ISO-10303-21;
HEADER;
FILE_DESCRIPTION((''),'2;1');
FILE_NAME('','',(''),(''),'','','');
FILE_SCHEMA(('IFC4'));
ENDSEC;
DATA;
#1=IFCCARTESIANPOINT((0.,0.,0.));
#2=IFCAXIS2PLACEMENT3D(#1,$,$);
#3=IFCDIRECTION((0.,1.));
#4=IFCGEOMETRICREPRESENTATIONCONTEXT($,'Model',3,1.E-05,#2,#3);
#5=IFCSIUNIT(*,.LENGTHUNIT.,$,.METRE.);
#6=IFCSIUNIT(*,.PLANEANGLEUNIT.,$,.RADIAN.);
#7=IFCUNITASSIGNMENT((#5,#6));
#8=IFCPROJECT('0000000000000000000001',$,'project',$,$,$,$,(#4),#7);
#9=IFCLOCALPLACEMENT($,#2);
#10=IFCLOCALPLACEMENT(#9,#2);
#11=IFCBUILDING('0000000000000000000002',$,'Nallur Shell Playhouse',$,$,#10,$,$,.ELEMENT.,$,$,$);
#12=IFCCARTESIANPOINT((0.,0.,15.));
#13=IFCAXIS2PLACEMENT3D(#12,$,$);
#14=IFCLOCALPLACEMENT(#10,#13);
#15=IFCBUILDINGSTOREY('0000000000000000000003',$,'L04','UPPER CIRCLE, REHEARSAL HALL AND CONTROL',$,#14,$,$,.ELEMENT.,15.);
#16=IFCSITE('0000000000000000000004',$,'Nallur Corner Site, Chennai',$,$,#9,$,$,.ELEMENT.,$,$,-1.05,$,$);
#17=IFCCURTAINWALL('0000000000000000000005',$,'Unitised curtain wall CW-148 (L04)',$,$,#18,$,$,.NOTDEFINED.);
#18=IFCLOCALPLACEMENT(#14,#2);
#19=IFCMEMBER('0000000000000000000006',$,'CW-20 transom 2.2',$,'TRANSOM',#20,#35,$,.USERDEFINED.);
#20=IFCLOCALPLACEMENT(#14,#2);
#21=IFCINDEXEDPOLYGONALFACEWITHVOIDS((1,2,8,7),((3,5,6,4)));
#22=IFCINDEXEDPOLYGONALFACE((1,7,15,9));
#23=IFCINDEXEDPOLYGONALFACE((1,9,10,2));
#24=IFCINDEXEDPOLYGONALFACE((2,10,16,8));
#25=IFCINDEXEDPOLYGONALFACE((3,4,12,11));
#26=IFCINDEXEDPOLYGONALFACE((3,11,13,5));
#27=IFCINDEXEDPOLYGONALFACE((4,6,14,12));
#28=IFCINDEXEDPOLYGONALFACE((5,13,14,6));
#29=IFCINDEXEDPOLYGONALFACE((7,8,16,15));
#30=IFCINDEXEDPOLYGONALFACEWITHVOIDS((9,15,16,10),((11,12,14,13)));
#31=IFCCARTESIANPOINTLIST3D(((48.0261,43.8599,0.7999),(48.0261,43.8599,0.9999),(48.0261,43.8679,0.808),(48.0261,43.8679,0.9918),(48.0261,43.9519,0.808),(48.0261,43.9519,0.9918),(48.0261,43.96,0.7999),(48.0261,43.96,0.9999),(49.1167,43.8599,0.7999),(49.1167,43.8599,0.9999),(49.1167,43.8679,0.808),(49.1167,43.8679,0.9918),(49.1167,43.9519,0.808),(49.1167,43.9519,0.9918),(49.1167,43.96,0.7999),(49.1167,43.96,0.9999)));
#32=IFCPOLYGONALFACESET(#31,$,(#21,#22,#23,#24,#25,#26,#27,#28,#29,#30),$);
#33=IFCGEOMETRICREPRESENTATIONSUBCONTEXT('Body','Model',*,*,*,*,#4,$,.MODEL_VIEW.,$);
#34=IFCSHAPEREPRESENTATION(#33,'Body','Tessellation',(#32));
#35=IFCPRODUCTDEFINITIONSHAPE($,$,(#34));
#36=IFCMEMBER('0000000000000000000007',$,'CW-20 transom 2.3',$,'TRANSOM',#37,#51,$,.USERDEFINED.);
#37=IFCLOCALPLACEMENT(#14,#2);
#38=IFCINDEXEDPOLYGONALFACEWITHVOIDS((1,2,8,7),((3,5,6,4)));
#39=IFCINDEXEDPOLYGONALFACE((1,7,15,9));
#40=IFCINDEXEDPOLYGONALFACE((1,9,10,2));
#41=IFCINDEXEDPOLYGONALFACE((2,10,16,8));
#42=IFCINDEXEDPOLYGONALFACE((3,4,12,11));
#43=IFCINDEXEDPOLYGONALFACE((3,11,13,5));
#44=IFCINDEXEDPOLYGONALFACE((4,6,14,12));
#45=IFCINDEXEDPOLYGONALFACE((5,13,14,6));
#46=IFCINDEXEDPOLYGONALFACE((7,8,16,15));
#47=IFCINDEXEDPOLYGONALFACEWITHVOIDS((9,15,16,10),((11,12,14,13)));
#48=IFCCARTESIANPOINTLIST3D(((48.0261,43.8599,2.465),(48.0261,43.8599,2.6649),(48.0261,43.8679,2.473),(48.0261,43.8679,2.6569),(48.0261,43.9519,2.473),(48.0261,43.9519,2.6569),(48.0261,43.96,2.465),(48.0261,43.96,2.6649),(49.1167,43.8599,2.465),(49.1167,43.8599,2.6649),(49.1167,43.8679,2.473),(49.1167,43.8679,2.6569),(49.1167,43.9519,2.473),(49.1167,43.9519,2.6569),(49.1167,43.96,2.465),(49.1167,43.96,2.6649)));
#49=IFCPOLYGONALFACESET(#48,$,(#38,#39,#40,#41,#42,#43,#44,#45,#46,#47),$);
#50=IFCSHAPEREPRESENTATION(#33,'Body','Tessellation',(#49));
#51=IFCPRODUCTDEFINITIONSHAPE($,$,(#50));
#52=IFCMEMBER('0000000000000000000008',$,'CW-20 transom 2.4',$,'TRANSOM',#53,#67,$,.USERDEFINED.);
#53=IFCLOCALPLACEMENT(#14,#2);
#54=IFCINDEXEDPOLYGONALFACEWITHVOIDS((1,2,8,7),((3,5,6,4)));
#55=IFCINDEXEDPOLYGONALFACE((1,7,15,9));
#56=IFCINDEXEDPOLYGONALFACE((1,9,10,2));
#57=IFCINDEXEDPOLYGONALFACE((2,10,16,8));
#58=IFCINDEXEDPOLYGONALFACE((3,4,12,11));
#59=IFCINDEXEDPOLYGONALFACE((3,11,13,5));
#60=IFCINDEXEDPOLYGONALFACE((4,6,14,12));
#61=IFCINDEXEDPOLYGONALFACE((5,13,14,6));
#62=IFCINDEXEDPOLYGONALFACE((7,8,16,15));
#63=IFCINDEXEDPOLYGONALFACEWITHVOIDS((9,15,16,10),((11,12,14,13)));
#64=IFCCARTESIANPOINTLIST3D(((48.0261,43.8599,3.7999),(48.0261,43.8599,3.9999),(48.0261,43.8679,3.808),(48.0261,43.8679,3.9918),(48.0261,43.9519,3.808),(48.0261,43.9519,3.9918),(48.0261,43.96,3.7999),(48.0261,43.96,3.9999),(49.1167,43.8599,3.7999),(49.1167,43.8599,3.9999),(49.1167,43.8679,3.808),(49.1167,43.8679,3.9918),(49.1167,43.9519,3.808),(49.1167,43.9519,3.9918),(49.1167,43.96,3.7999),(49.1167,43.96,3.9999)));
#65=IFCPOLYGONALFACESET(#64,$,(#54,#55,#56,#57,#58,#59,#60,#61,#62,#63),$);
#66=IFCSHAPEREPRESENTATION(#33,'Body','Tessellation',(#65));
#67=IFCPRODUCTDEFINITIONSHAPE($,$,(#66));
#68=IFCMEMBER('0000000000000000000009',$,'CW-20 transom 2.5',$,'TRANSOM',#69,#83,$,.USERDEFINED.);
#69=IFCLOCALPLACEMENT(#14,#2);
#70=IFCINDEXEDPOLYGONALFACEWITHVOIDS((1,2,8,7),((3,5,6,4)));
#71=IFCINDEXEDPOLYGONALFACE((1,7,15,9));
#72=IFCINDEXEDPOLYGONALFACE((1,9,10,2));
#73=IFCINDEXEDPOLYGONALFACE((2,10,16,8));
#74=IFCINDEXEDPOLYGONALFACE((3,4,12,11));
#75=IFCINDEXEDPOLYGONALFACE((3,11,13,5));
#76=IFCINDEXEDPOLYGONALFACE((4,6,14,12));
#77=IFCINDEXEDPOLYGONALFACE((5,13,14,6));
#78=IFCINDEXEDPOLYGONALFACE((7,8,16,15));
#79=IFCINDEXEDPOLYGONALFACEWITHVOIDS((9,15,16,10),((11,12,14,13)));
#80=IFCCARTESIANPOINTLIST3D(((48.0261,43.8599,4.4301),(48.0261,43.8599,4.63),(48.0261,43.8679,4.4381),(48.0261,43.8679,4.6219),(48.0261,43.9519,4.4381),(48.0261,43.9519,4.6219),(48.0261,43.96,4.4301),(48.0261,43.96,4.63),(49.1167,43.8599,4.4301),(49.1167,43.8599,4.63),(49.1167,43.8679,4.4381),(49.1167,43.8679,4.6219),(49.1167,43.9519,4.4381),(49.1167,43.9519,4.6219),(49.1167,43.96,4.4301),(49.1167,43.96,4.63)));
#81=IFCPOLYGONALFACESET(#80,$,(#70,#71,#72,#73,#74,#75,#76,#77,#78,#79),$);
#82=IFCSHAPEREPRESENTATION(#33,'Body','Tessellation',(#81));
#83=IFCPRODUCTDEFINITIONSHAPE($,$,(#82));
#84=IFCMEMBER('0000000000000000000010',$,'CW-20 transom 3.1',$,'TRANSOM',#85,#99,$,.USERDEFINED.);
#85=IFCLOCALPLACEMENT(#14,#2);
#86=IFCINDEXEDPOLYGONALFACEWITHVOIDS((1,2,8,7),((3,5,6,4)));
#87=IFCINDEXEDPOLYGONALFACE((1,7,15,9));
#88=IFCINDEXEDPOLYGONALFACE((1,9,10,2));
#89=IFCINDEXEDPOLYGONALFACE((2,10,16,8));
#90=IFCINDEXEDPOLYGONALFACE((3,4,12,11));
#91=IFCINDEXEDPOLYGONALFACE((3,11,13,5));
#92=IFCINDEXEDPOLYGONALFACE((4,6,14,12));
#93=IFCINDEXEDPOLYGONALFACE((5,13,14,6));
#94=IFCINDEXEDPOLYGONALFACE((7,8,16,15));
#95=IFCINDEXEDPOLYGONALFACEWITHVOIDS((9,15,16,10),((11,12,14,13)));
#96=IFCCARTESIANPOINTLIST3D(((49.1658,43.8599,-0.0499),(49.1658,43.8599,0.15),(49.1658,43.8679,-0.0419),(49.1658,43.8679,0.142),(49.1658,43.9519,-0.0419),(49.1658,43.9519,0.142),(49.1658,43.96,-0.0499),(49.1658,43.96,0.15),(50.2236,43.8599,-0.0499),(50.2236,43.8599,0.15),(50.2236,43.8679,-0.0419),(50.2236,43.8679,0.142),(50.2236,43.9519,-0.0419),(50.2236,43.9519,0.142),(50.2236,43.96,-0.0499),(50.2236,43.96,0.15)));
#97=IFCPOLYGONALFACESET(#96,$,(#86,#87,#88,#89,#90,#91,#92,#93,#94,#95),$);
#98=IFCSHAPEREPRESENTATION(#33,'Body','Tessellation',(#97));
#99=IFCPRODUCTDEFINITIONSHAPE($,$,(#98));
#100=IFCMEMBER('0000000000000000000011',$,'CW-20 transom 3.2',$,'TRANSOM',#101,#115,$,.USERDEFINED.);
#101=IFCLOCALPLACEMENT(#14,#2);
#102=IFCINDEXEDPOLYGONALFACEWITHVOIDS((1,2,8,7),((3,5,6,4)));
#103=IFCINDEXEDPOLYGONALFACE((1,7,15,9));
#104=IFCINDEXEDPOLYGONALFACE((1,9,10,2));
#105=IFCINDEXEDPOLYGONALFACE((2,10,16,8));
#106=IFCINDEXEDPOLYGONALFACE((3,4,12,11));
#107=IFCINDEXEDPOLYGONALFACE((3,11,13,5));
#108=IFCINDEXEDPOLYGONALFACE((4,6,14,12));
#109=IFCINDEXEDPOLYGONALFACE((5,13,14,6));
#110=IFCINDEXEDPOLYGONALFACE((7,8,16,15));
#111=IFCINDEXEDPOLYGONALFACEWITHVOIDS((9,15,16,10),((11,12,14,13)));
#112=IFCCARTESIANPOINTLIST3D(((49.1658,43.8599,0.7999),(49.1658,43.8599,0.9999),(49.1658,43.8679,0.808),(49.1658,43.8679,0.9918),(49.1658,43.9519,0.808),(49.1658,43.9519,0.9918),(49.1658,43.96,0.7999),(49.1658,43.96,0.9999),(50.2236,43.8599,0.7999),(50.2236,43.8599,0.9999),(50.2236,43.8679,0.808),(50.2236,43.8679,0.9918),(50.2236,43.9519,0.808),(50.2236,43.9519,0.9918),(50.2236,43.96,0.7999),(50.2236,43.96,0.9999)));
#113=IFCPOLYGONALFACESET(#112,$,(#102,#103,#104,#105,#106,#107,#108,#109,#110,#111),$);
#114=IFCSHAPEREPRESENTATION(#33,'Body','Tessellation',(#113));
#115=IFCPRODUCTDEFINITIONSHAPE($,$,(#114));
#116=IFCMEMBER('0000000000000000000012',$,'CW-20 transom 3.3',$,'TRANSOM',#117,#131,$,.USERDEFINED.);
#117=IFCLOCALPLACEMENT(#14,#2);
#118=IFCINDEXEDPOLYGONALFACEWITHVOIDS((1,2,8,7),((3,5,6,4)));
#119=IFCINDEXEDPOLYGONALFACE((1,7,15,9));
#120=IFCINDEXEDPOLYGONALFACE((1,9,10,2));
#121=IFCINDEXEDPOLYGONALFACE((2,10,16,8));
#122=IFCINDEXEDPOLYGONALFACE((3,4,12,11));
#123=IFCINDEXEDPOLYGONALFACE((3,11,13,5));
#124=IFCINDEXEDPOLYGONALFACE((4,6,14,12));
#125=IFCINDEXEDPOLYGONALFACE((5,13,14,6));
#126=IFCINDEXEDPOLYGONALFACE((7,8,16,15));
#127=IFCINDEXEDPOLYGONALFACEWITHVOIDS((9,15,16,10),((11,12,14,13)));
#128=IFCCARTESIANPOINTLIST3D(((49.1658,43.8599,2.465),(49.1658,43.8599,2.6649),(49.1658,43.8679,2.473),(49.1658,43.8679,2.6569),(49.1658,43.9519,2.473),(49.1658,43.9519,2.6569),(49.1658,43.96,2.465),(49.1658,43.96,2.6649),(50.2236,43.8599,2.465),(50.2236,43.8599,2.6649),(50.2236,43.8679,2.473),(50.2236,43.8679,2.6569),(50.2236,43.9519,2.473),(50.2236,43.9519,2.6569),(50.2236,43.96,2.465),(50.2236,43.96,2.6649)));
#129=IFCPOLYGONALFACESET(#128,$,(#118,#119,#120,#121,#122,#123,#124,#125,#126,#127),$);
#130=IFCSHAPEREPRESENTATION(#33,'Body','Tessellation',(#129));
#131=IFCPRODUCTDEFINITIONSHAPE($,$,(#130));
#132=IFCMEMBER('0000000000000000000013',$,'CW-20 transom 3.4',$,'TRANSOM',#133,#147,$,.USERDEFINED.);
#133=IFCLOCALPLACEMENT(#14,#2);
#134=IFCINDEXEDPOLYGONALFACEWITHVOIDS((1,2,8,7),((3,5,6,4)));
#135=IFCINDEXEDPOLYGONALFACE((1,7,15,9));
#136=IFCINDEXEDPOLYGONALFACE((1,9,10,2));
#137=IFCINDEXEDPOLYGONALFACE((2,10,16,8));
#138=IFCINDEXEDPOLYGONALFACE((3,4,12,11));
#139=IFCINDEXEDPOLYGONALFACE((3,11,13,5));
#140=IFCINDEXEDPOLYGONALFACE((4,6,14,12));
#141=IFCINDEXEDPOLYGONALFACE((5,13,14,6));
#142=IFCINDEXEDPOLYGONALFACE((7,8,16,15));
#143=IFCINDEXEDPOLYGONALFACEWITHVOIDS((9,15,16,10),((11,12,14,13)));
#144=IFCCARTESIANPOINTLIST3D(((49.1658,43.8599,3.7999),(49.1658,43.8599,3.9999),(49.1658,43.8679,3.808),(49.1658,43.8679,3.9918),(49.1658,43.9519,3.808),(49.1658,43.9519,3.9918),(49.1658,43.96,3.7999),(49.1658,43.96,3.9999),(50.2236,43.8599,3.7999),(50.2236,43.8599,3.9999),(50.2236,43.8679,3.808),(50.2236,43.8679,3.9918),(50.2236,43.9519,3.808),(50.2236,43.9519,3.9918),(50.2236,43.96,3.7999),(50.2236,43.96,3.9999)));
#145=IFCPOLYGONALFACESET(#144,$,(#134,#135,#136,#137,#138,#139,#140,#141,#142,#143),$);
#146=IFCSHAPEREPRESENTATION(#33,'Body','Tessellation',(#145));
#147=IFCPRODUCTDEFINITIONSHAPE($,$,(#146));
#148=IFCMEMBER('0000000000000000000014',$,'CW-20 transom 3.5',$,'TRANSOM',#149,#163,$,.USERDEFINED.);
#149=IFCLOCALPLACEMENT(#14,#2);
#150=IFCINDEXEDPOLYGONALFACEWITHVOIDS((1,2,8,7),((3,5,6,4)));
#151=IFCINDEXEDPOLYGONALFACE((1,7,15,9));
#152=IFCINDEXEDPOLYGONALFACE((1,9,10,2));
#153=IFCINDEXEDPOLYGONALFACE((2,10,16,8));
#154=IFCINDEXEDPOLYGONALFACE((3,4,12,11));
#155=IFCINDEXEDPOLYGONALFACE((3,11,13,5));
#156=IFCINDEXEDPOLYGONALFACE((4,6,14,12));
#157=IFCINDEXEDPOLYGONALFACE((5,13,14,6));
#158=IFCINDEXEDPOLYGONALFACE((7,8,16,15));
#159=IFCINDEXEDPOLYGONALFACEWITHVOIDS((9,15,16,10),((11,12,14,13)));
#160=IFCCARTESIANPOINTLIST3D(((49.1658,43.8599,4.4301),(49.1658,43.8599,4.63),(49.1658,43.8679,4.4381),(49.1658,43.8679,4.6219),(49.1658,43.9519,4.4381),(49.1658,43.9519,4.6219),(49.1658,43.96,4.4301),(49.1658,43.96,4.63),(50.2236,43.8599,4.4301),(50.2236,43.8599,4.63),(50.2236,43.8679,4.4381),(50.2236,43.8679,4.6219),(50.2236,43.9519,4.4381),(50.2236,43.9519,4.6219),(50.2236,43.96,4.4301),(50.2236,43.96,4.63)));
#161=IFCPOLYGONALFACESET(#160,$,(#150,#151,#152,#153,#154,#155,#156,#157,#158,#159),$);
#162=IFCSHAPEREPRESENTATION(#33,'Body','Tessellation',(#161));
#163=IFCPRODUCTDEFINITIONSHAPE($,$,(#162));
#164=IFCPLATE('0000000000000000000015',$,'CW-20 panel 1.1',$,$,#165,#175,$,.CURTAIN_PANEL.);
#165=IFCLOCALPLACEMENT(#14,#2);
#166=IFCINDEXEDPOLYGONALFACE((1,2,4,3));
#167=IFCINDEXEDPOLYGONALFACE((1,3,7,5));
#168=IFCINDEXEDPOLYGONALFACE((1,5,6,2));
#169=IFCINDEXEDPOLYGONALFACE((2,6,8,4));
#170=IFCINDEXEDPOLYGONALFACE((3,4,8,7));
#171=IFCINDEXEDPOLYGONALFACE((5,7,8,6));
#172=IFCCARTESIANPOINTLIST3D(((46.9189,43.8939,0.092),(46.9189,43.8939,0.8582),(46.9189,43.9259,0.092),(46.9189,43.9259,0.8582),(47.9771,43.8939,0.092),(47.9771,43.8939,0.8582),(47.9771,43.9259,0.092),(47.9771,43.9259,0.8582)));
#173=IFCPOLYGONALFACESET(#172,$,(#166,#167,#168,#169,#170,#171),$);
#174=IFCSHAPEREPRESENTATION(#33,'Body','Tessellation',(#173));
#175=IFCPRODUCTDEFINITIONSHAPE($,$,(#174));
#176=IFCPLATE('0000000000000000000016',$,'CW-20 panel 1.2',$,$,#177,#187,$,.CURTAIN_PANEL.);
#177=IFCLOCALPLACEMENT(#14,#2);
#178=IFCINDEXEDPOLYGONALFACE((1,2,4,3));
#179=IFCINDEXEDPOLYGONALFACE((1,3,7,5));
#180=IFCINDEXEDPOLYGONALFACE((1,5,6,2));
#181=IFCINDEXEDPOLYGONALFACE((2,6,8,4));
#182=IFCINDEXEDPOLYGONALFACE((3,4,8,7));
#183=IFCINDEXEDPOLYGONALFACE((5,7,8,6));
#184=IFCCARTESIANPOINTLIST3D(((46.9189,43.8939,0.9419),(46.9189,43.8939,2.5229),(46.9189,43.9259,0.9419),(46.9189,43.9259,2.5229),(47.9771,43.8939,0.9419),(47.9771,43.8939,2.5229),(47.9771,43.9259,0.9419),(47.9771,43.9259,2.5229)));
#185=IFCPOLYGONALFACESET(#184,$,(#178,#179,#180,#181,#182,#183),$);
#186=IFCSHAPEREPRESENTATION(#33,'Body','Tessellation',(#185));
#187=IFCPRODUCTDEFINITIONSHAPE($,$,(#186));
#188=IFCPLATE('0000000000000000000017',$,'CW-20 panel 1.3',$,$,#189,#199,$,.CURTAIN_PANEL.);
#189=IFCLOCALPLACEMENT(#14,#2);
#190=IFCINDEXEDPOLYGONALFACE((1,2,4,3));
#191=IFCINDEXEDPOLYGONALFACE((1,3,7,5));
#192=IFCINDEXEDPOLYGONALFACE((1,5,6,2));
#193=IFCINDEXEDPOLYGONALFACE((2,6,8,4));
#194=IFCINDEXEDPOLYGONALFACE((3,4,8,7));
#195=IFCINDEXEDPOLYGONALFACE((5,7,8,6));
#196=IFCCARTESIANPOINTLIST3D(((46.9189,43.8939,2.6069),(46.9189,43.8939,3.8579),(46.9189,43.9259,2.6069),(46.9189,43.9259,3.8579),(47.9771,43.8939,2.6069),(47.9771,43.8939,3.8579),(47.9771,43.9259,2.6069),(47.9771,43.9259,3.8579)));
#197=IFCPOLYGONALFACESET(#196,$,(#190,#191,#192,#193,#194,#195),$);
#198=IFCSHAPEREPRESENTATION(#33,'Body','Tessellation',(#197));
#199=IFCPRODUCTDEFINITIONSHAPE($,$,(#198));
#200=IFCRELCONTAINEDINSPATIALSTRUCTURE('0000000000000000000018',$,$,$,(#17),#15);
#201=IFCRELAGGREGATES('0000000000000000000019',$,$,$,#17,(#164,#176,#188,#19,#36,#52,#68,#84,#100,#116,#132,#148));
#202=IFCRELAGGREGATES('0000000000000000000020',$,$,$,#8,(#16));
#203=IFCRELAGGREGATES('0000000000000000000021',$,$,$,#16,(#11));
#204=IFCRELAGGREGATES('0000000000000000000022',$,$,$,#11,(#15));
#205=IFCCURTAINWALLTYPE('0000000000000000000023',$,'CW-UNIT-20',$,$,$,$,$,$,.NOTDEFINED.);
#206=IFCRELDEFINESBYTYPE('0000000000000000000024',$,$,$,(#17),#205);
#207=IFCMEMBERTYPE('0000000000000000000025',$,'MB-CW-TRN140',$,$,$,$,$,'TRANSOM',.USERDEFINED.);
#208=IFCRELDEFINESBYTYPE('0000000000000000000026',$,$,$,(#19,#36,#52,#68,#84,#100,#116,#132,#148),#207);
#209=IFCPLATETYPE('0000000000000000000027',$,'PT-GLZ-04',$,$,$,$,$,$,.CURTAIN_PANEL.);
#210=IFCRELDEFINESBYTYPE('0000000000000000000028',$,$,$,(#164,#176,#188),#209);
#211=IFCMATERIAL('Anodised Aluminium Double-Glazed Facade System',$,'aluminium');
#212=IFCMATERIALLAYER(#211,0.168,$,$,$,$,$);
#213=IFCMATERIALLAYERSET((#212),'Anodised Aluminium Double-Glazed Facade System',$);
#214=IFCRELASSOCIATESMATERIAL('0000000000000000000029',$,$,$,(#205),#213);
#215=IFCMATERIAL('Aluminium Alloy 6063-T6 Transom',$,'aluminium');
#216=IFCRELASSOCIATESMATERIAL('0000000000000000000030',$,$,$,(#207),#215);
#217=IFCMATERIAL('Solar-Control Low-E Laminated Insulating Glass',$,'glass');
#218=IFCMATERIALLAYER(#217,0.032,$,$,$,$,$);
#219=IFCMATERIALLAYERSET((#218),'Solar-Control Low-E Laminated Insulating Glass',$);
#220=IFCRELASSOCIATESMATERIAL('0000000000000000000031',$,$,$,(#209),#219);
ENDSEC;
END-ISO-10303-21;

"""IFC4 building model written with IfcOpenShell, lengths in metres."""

from ifc_helpers import new_model, si_unit, direction, frame, origin, origin_2d, place, context, subcontext, project, spatial, rectangle, hollow_rectangle, extrude, material, layer, layer_set, material_profile, profile_set, type_object, element, aggregate, save


model = new_model("IFC4")

# Units and contexts
model_context = context("Model", 3, precision=1e-05, world=origin(), true_north=direction((0.0, 1.0)))
body_context = subcontext(model_context, "Body", "Model", "MODEL_VIEW")
ifc_project = project(units=[si_unit("LENGTHUNIT", "METRE"), si_unit("PLANEANGLEUNIT", "RADIAN")], contexts=[model_context])

# Site, building, storey
site_placement = place(None, origin())
site = spatial("IfcSite", under=ifc_project, at=site_placement, Name="Nallur Corner Site, Chennai", CompositionType="ELEMENT", RefElevation=-1.05)
building_placement = place(site_placement, origin())
building = spatial("IfcBuilding", under=site, at=building_placement, Name="Nallur Shell Playhouse", CompositionType="ELEMENT")
storey_placement = place(building_placement, frame((0.0, 0.0, 15.0)))
storey = spatial("IfcBuildingStorey", under=building, at=storey_placement, Name="L04", Description="UPPER CIRCLE, REHEARSAL HALL AND CONTROL", CompositionType="ELEMENT", Elevation=15.0)

# Shared definitions
ifc_material_1 = material(Name="Anodised Aluminium Double-Glazed Facade System", Category="aluminium")

# Curtain wall
ifc_layer_1 = layer(ifc_material_1, 0.168)
ifc_layer_set_1 = layer_set([ifc_layer_1], Name="Anodised Aluminium Double-Glazed Facade System")
curtain_wall_type_1 = type_object("IfcCurtainWallType", Name="CW-UNIT-20", PredefinedType="NOTDEFINED", material=ifc_layer_set_1)
curtain_wall_1_placement = place(storey_placement, origin())
curtain_wall_1 = element("IfcCurtainWall", 1, at=curtain_wall_1_placement, inside=storey, type_object=curtain_wall_type_1, Name="Unitised curtain wall CW-148 (L04)", PredefinedType="NOTDEFINED")

# Members
ifc_material_2 = material(Name="Aluminium Alloy 6063-T6 Transom", Category="aluminium")
ifc_material_profile_1 = material_profile(ifc_material_2, hollow_rectangle(XDim=0.1001, YDim=0.2, WallThickness=0.0081, at=origin_2d()), Name="RHS 200x100x8")
ifc_profile_set_1 = profile_set([ifc_material_profile_1], Name="Aluminium Alloy 6063-T6 Transom")
member_type_1 = type_object("IfcMemberType", Name="MB-CW-TRN140", ElementType="TRANSOM", PredefinedType="USERDEFINED", material=ifc_profile_set_1)
member_1_placement = place(storey_placement, frame((48.0261, 43.9099, 0.8999), z_axis=(1.0, 0.0, 0.0), x_axis=(0.0, 1.0, 0.0)))
member_1 = element("IfcMember", 2, at=member_1_placement, type_object=member_type_1, Name="CW-20 transom 2.2", ObjectType="TRANSOM", PredefinedType="USERDEFINED", context=body_context, shape_type="SweptSolid", body=[
    extrude(hollow_rectangle(XDim=0.1001, YDim=0.2, WallThickness=0.0081, at=origin_2d()), origin(), (0.0, 0.0, 1.0), 1.0906),
])
member_2_placement = place(storey_placement, frame((48.0261, 43.9099, 2.5649), z_axis=(1.0, 0.0, 0.0), x_axis=(0.0, 1.0, 0.0)))
member_2 = element("IfcMember", 3, at=member_2_placement, type_object=member_type_1, Name="CW-20 transom 2.3", ObjectType="TRANSOM", PredefinedType="USERDEFINED", context=body_context, shape_type="SweptSolid", body=[
    extrude(hollow_rectangle(XDim=0.1001, YDim=0.2, WallThickness=0.0081, at=origin_2d()), origin(), (0.0, 0.0, 1.0), 1.0906),
])
member_3_placement = place(storey_placement, frame((48.0261, 43.9099, 3.8999), z_axis=(1.0, 0.0, 0.0), x_axis=(0.0, 1.0, 0.0)))
member_3 = element("IfcMember", 4, at=member_3_placement, type_object=member_type_1, Name="CW-20 transom 2.4", ObjectType="TRANSOM", PredefinedType="USERDEFINED", context=body_context, shape_type="SweptSolid", body=[
    extrude(hollow_rectangle(XDim=0.1001, YDim=0.2, WallThickness=0.0081, at=origin_2d()), origin(), (0.0, 0.0, 1.0), 1.0906),
])
member_4_placement = place(storey_placement, frame((48.0261, 43.9099, 4.53), z_axis=(1.0, 0.0, 0.0), x_axis=(0.0, 1.0, 0.0)))
member_4 = element("IfcMember", 5, at=member_4_placement, type_object=member_type_1, Name="CW-20 transom 2.5", ObjectType="TRANSOM", PredefinedType="USERDEFINED", context=body_context, shape_type="SweptSolid", body=[
    extrude(hollow_rectangle(XDim=0.1001, YDim=0.2, WallThickness=0.0081, at=origin_2d()), origin(), (0.0, 0.0, 1.0), 1.0906),
])
member_5_placement = place(storey_placement, frame((49.1658, 43.9099, 0.05), z_axis=(1.0, 0.0, 0.0), x_axis=(0.0, 1.0, 0.0)))
member_5 = element("IfcMember", 6, at=member_5_placement, type_object=member_type_1, Name="CW-20 transom 3.1", ObjectType="TRANSOM", PredefinedType="USERDEFINED", context=body_context, shape_type="SweptSolid", body=[
    extrude(hollow_rectangle(XDim=0.1001, YDim=0.2, WallThickness=0.0081, at=origin_2d()), origin(), (0.0, 0.0, 1.0), 1.0579),
])
member_6_placement = place(storey_placement, frame((49.1658, 43.9099, 0.8999), z_axis=(1.0, 0.0, 0.0), x_axis=(0.0, 1.0, 0.0)))
member_6 = element("IfcMember", 7, at=member_6_placement, type_object=member_type_1, Name="CW-20 transom 3.2", ObjectType="TRANSOM", PredefinedType="USERDEFINED", context=body_context, shape_type="SweptSolid", body=[
    extrude(hollow_rectangle(XDim=0.1001, YDim=0.2, WallThickness=0.0081, at=origin_2d()), origin(), (0.0, 0.0, 1.0), 1.0579),
])
member_7_placement = place(storey_placement, frame((49.1658, 43.9099, 2.5649), z_axis=(1.0, 0.0, 0.0), x_axis=(0.0, 1.0, 0.0)))
member_7 = element("IfcMember", 8, at=member_7_placement, type_object=member_type_1, Name="CW-20 transom 3.3", ObjectType="TRANSOM", PredefinedType="USERDEFINED", context=body_context, shape_type="SweptSolid", body=[
    extrude(hollow_rectangle(XDim=0.1001, YDim=0.2, WallThickness=0.0081, at=origin_2d()), origin(), (0.0, 0.0, 1.0), 1.0579),
])
member_8_placement = place(storey_placement, frame((49.1658, 43.9099, 3.8999), z_axis=(1.0, 0.0, 0.0), x_axis=(0.0, 1.0, 0.0)))
member_8 = element("IfcMember", 9, at=member_8_placement, type_object=member_type_1, Name="CW-20 transom 3.4", ObjectType="TRANSOM", PredefinedType="USERDEFINED", context=body_context, shape_type="SweptSolid", body=[
    extrude(hollow_rectangle(XDim=0.1001, YDim=0.2, WallThickness=0.0081, at=origin_2d()), origin(), (0.0, 0.0, 1.0), 1.0579),
])
member_9_placement = place(storey_placement, frame((49.1658, 43.9099, 4.53), z_axis=(1.0, 0.0, 0.0), x_axis=(0.0, 1.0, 0.0)))
member_9 = element("IfcMember", 10, at=member_9_placement, type_object=member_type_1, Name="CW-20 transom 3.5", ObjectType="TRANSOM", PredefinedType="USERDEFINED", context=body_context, shape_type="SweptSolid", body=[
    extrude(hollow_rectangle(XDim=0.1001, YDim=0.2, WallThickness=0.0081, at=origin_2d()), origin(), (0.0, 0.0, 1.0), 1.0579),
])

# Plates
ifc_material_3 = material(Name="Solar-Control Low-E Laminated Insulating Glass", Category="glass")
ifc_layer_2 = layer(ifc_material_3, 0.032)
ifc_layer_set_2 = layer_set([ifc_layer_2], Name="Solar-Control Low-E Laminated Insulating Glass")
plate_type_1 = type_object("IfcPlateType", Name="PT-GLZ-04", PredefinedType="CURTAIN_PANEL", material=ifc_layer_set_2)
plate_1_placement = place(storey_placement, frame((47.448, 43.9099, 0.092), z_axis=(0.0, 0.0, 1.0), x_axis=(1.0, 0.0, 0.0)))
plate_1 = element("IfcPlate", 11, at=plate_1_placement, type_object=plate_type_1, Name="CW-20 panel 1.1", PredefinedType="CURTAIN_PANEL", context=body_context, shape_type="SweptSolid", body=[
    extrude(rectangle(XDim=1.0581, YDim=0.032, at=origin_2d()), origin(), (0.0, 0.0, 1.0), 0.7661),
])
plate_2_placement = place(storey_placement, frame((47.448, 43.9099, 0.9419), z_axis=(0.0, 0.0, 1.0), x_axis=(1.0, 0.0, 0.0)))
plate_2 = element("IfcPlate", 12, at=plate_2_placement, type_object=plate_type_1, Name="CW-20 panel 1.2", PredefinedType="CURTAIN_PANEL", context=body_context, shape_type="SweptSolid", body=[
    extrude(rectangle(XDim=1.0581, YDim=0.032, at=origin_2d()), origin(), (0.0, 0.0, 1.0), 1.5811),
])
plate_3_placement = place(storey_placement, frame((47.448, 43.9099, 2.6069), z_axis=(0.0, 0.0, 1.0), x_axis=(1.0, 0.0, 0.0)))
plate_3 = element("IfcPlate", 13, at=plate_3_placement, type_object=plate_type_1, Name="CW-20 panel 1.3", PredefinedType="CURTAIN_PANEL", context=body_context, shape_type="SweptSolid", body=[
    extrude(rectangle(XDim=1.0581, YDim=0.032, at=origin_2d()), origin(), (0.0, 0.0, 1.0), 1.251),
])
aggregate(curtain_wall_1, [plate_1, plate_2, plate_3, member_1, member_2, member_3, member_4, member_5, member_6, member_7, member_8, member_9])

save(model, "model.ifc")
